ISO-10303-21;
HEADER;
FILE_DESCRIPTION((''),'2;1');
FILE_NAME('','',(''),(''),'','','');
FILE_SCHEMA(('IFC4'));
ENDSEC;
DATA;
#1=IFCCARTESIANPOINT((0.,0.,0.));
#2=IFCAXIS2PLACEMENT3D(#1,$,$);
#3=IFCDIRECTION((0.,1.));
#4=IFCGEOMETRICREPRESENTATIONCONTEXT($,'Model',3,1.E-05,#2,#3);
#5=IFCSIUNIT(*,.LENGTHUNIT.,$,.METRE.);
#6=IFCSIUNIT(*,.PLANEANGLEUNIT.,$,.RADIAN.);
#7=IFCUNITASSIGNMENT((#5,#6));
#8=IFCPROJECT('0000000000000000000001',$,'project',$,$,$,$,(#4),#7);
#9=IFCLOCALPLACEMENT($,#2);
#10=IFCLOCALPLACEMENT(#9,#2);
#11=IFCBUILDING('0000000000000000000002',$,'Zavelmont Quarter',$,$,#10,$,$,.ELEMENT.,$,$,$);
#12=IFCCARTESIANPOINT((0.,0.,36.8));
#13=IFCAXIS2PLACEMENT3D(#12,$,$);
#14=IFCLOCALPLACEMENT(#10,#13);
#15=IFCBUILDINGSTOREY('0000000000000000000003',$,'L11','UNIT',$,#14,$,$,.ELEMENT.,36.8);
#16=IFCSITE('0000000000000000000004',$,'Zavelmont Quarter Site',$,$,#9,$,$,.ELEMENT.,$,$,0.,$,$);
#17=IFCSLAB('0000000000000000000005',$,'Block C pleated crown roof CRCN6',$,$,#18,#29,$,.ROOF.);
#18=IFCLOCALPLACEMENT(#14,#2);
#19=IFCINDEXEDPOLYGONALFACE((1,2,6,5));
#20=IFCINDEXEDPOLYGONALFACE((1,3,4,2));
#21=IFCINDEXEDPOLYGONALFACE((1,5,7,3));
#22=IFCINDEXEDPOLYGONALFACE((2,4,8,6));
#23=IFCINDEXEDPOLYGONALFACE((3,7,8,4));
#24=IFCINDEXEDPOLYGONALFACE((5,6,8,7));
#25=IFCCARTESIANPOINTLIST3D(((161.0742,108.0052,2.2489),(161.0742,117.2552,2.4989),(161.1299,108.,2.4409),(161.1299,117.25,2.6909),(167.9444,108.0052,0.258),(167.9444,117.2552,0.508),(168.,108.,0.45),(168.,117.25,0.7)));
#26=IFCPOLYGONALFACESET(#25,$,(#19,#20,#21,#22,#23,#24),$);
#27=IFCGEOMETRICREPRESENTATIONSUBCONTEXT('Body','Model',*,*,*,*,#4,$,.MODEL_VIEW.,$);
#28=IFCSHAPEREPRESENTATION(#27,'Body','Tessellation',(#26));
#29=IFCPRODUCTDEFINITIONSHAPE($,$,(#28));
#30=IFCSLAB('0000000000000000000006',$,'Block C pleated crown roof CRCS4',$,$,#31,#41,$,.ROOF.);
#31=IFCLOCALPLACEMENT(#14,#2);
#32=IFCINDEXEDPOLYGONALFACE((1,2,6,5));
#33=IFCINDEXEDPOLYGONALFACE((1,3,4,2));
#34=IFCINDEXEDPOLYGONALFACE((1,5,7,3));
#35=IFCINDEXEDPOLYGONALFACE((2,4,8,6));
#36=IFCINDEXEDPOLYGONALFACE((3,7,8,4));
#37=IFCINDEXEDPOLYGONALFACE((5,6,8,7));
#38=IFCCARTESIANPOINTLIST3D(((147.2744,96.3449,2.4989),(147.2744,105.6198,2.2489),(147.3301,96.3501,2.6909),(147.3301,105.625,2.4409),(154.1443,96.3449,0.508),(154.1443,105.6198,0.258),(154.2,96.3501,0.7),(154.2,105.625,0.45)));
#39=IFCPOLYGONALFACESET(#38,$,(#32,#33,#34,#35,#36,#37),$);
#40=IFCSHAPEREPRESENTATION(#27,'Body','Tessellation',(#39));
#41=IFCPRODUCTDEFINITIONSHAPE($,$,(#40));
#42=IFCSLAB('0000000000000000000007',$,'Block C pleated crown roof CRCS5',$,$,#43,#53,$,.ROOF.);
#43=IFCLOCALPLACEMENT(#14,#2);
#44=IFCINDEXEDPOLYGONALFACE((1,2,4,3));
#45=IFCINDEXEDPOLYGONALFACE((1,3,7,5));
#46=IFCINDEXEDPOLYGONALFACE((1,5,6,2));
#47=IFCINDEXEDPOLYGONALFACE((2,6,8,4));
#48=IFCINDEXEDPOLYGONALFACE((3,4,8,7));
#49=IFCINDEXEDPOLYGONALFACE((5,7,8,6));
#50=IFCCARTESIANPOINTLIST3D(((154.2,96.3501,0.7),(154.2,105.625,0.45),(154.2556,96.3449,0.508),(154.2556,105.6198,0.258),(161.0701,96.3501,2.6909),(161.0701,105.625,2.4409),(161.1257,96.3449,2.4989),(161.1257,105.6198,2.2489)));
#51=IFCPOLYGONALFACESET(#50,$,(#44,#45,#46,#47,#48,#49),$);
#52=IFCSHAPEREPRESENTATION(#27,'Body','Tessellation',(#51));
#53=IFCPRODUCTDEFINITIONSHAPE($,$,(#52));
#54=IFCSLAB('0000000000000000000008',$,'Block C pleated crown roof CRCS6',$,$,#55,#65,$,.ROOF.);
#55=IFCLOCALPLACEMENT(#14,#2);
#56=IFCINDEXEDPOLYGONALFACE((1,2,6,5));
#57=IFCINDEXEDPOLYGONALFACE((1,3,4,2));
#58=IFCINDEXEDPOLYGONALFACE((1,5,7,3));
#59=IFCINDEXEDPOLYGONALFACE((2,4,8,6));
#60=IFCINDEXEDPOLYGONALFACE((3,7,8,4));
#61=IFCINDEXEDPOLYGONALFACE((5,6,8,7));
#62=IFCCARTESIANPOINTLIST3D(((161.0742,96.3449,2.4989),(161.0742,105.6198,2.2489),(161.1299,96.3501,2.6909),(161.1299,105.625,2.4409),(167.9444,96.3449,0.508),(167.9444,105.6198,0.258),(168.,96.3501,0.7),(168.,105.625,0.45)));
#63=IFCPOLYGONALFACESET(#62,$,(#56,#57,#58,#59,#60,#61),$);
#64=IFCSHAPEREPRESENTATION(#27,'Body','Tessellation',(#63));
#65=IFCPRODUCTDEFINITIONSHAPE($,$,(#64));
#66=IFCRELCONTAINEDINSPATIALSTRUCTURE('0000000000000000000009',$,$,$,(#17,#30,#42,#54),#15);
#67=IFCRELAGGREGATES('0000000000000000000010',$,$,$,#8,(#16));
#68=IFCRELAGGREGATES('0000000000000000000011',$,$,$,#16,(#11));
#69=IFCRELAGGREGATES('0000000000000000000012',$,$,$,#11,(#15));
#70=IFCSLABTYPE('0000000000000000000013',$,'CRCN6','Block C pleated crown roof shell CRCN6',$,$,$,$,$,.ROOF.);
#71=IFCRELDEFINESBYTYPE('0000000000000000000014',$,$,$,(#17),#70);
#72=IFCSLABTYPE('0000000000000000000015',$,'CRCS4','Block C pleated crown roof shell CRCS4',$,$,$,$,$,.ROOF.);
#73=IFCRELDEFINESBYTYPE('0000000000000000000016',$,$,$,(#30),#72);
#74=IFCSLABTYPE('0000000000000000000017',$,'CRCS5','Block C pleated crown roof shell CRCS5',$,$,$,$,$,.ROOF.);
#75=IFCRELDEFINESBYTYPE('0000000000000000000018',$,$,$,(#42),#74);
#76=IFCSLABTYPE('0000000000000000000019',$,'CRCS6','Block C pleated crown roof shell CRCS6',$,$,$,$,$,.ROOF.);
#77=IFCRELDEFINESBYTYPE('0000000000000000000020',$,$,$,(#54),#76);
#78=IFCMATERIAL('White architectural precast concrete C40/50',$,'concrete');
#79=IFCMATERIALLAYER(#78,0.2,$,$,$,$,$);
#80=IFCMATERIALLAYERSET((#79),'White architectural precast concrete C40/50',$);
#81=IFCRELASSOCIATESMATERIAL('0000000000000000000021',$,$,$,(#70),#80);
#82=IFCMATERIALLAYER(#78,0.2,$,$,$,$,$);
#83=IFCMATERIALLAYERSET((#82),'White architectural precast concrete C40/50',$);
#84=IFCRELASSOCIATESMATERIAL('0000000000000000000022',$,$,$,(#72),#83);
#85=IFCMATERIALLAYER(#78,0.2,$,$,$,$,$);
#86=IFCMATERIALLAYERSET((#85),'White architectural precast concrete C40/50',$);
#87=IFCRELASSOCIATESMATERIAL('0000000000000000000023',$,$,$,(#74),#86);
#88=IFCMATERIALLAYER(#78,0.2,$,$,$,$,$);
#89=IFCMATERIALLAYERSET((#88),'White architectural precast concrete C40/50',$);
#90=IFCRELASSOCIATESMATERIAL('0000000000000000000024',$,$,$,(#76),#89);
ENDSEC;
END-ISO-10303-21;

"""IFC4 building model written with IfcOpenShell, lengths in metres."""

from ifc_helpers import new_model, si_unit, direction, frame, origin, place, context, subcontext, project, spatial, polyline, outline, extrude, material, layer, layer_set, type_object, element, save


model = new_model("IFC4")

# Units and contexts
model_context = context("Model", 3, precision=1e-05, world=origin(), true_north=direction((0.0, 1.0)))
body_context = subcontext(model_context, "Body", "Model", "MODEL_VIEW")
ifc_project = project(units=[si_unit("LENGTHUNIT", "METRE"), si_unit("PLANEANGLEUNIT", "RADIAN")], contexts=[model_context])

# Site, building, storey
site_placement = place(None, origin())
site = spatial("IfcSite", under=ifc_project, at=site_placement, Name="Zavelmont Quarter Site", CompositionType="ELEMENT", RefElevation=0.0)
building_placement = place(site_placement, origin())
building = spatial("IfcBuilding", under=site, at=building_placement, Name="Zavelmont Quarter", CompositionType="ELEMENT")
storey_placement = place(building_placement, frame((0.0, 0.0, 36.8)))
storey = spatial("IfcBuildingStorey", under=building, at=storey_placement, Name="L11", Description="UNIT", CompositionType="ELEMENT", Elevation=36.8)

# Slabs
ifc_material_1 = material(Name="White architectural precast concrete C40/50", Category="concrete")
ifc_layer_1 = layer(ifc_material_1, 0.2)
ifc_layer_set_1 = layer_set([ifc_layer_1], Name="White architectural precast concrete C40/50")
slab_type_1 = type_object("IfcSlabType", Name="CRCN6", Description="Block C pleated crown roof shell CRCN6", PredefinedType="ROOF", material=ifc_layer_set_1)
slab_1_placement = place(storey_placement, frame((161.1299, 108.0, 2.4409), z_axis=(0.278254, -0.02595, 0.960157), x_axis=(0.96048, 0.0, -0.278348)))
element("IfcSlab", 1, at=slab_1_placement, inside=storey, type_object=slab_type_1, Name="Block C pleated crown roof CRCN6", PredefinedType="ROOF", context=body_context, shape_type="SweptSolid", body=[
    extrude(outline(polyline([(0.0, 0.0), (7.1528, 0.0), (7.0832, 9.2531), (-0.0696, 9.2531), (0.0, 0.0)])), origin(), (0.0, 0.0, -1.0), 0.2),
])
ifc_layer_2 = layer(ifc_material_1, 0.2)
ifc_layer_set_2 = layer_set([ifc_layer_2], Name="White architectural precast concrete C40/50")
slab_type_2 = type_object("IfcSlabType", Name="CRCS4", Description="Block C pleated crown roof shell CRCS4", PredefinedType="ROOF", material=ifc_layer_set_2)
slab_2_placement = place(storey_placement, frame((147.3301, 96.3501, 2.6909), z_axis=(0.278264, 0.02588, 0.960156), x_axis=(0.960478, 0.0, -0.278357)))
element("IfcSlab", 2, at=slab_2_placement, inside=storey, type_object=slab_type_2, Name="Block C pleated crown roof CRCS4", PredefinedType="ROOF", context=body_context, shape_type="SweptSolid", body=[
    extrude(outline(polyline([(0.0, 0.0), (7.1526, 0.0), (7.2221, 9.278), (0.0696, 9.278), (0.0, 0.0)])), origin(), (0.0, 0.0, -1.0), 0.2),
])
ifc_layer_3 = layer(ifc_material_1, 0.2)
ifc_layer_set_3 = layer_set([ifc_layer_3], Name="White architectural precast concrete C40/50")
slab_type_3 = type_object("IfcSlabType", Name="CRCS5", Description="Block C pleated crown roof shell CRCS5", PredefinedType="ROOF", material=ifc_layer_set_3)
slab_3_placement = place(storey_placement, frame((154.2, 96.3501, 0.7), z_axis=(-0.278255, 0.025881, 0.960159), x_axis=(0.96048, 0.0, 0.278348)))
element("IfcSlab", 3, at=slab_3_placement, inside=storey, type_object=slab_type_3, Name="Block C pleated crown roof CRCS5", PredefinedType="ROOF", context=body_context, shape_type="SweptSolid", body=[
    extrude(outline(polyline([(0.0, 0.0), (7.1528, 0.0), (7.0832, 9.278), (-0.0696, 9.278), (0.0, 0.0)])), origin(), (0.0, 0.0, -1.0), 0.2),
])
ifc_layer_4 = layer(ifc_material_1, 0.2)
ifc_layer_set_4 = layer_set([ifc_layer_4], Name="White architectural precast concrete C40/50")
slab_type_4 = type_object("IfcSlabType", Name="CRCS6", Description="Block C pleated crown roof shell CRCS6", PredefinedType="ROOF", material=ifc_layer_set_4)
slab_4_placement = place(storey_placement, frame((161.1299, 96.3501, 2.6909), z_axis=(0.278255, 0.025881, 0.960159), x_axis=(0.96048, 0.0, -0.278348)))
element("IfcSlab", 4, at=slab_4_placement, inside=storey, type_object=slab_type_4, Name="Block C pleated crown roof CRCS6", PredefinedType="ROOF", context=body_context, shape_type="SweptSolid", body=[
    extrude(outline(polyline([(0.0, 0.0), (7.1528, 0.0), (7.2224, 9.278), (0.0696, 9.278), (0.0, 0.0)])), origin(), (0.0, 0.0, -1.0), 0.2),
])

save(model, "model.ifc")
